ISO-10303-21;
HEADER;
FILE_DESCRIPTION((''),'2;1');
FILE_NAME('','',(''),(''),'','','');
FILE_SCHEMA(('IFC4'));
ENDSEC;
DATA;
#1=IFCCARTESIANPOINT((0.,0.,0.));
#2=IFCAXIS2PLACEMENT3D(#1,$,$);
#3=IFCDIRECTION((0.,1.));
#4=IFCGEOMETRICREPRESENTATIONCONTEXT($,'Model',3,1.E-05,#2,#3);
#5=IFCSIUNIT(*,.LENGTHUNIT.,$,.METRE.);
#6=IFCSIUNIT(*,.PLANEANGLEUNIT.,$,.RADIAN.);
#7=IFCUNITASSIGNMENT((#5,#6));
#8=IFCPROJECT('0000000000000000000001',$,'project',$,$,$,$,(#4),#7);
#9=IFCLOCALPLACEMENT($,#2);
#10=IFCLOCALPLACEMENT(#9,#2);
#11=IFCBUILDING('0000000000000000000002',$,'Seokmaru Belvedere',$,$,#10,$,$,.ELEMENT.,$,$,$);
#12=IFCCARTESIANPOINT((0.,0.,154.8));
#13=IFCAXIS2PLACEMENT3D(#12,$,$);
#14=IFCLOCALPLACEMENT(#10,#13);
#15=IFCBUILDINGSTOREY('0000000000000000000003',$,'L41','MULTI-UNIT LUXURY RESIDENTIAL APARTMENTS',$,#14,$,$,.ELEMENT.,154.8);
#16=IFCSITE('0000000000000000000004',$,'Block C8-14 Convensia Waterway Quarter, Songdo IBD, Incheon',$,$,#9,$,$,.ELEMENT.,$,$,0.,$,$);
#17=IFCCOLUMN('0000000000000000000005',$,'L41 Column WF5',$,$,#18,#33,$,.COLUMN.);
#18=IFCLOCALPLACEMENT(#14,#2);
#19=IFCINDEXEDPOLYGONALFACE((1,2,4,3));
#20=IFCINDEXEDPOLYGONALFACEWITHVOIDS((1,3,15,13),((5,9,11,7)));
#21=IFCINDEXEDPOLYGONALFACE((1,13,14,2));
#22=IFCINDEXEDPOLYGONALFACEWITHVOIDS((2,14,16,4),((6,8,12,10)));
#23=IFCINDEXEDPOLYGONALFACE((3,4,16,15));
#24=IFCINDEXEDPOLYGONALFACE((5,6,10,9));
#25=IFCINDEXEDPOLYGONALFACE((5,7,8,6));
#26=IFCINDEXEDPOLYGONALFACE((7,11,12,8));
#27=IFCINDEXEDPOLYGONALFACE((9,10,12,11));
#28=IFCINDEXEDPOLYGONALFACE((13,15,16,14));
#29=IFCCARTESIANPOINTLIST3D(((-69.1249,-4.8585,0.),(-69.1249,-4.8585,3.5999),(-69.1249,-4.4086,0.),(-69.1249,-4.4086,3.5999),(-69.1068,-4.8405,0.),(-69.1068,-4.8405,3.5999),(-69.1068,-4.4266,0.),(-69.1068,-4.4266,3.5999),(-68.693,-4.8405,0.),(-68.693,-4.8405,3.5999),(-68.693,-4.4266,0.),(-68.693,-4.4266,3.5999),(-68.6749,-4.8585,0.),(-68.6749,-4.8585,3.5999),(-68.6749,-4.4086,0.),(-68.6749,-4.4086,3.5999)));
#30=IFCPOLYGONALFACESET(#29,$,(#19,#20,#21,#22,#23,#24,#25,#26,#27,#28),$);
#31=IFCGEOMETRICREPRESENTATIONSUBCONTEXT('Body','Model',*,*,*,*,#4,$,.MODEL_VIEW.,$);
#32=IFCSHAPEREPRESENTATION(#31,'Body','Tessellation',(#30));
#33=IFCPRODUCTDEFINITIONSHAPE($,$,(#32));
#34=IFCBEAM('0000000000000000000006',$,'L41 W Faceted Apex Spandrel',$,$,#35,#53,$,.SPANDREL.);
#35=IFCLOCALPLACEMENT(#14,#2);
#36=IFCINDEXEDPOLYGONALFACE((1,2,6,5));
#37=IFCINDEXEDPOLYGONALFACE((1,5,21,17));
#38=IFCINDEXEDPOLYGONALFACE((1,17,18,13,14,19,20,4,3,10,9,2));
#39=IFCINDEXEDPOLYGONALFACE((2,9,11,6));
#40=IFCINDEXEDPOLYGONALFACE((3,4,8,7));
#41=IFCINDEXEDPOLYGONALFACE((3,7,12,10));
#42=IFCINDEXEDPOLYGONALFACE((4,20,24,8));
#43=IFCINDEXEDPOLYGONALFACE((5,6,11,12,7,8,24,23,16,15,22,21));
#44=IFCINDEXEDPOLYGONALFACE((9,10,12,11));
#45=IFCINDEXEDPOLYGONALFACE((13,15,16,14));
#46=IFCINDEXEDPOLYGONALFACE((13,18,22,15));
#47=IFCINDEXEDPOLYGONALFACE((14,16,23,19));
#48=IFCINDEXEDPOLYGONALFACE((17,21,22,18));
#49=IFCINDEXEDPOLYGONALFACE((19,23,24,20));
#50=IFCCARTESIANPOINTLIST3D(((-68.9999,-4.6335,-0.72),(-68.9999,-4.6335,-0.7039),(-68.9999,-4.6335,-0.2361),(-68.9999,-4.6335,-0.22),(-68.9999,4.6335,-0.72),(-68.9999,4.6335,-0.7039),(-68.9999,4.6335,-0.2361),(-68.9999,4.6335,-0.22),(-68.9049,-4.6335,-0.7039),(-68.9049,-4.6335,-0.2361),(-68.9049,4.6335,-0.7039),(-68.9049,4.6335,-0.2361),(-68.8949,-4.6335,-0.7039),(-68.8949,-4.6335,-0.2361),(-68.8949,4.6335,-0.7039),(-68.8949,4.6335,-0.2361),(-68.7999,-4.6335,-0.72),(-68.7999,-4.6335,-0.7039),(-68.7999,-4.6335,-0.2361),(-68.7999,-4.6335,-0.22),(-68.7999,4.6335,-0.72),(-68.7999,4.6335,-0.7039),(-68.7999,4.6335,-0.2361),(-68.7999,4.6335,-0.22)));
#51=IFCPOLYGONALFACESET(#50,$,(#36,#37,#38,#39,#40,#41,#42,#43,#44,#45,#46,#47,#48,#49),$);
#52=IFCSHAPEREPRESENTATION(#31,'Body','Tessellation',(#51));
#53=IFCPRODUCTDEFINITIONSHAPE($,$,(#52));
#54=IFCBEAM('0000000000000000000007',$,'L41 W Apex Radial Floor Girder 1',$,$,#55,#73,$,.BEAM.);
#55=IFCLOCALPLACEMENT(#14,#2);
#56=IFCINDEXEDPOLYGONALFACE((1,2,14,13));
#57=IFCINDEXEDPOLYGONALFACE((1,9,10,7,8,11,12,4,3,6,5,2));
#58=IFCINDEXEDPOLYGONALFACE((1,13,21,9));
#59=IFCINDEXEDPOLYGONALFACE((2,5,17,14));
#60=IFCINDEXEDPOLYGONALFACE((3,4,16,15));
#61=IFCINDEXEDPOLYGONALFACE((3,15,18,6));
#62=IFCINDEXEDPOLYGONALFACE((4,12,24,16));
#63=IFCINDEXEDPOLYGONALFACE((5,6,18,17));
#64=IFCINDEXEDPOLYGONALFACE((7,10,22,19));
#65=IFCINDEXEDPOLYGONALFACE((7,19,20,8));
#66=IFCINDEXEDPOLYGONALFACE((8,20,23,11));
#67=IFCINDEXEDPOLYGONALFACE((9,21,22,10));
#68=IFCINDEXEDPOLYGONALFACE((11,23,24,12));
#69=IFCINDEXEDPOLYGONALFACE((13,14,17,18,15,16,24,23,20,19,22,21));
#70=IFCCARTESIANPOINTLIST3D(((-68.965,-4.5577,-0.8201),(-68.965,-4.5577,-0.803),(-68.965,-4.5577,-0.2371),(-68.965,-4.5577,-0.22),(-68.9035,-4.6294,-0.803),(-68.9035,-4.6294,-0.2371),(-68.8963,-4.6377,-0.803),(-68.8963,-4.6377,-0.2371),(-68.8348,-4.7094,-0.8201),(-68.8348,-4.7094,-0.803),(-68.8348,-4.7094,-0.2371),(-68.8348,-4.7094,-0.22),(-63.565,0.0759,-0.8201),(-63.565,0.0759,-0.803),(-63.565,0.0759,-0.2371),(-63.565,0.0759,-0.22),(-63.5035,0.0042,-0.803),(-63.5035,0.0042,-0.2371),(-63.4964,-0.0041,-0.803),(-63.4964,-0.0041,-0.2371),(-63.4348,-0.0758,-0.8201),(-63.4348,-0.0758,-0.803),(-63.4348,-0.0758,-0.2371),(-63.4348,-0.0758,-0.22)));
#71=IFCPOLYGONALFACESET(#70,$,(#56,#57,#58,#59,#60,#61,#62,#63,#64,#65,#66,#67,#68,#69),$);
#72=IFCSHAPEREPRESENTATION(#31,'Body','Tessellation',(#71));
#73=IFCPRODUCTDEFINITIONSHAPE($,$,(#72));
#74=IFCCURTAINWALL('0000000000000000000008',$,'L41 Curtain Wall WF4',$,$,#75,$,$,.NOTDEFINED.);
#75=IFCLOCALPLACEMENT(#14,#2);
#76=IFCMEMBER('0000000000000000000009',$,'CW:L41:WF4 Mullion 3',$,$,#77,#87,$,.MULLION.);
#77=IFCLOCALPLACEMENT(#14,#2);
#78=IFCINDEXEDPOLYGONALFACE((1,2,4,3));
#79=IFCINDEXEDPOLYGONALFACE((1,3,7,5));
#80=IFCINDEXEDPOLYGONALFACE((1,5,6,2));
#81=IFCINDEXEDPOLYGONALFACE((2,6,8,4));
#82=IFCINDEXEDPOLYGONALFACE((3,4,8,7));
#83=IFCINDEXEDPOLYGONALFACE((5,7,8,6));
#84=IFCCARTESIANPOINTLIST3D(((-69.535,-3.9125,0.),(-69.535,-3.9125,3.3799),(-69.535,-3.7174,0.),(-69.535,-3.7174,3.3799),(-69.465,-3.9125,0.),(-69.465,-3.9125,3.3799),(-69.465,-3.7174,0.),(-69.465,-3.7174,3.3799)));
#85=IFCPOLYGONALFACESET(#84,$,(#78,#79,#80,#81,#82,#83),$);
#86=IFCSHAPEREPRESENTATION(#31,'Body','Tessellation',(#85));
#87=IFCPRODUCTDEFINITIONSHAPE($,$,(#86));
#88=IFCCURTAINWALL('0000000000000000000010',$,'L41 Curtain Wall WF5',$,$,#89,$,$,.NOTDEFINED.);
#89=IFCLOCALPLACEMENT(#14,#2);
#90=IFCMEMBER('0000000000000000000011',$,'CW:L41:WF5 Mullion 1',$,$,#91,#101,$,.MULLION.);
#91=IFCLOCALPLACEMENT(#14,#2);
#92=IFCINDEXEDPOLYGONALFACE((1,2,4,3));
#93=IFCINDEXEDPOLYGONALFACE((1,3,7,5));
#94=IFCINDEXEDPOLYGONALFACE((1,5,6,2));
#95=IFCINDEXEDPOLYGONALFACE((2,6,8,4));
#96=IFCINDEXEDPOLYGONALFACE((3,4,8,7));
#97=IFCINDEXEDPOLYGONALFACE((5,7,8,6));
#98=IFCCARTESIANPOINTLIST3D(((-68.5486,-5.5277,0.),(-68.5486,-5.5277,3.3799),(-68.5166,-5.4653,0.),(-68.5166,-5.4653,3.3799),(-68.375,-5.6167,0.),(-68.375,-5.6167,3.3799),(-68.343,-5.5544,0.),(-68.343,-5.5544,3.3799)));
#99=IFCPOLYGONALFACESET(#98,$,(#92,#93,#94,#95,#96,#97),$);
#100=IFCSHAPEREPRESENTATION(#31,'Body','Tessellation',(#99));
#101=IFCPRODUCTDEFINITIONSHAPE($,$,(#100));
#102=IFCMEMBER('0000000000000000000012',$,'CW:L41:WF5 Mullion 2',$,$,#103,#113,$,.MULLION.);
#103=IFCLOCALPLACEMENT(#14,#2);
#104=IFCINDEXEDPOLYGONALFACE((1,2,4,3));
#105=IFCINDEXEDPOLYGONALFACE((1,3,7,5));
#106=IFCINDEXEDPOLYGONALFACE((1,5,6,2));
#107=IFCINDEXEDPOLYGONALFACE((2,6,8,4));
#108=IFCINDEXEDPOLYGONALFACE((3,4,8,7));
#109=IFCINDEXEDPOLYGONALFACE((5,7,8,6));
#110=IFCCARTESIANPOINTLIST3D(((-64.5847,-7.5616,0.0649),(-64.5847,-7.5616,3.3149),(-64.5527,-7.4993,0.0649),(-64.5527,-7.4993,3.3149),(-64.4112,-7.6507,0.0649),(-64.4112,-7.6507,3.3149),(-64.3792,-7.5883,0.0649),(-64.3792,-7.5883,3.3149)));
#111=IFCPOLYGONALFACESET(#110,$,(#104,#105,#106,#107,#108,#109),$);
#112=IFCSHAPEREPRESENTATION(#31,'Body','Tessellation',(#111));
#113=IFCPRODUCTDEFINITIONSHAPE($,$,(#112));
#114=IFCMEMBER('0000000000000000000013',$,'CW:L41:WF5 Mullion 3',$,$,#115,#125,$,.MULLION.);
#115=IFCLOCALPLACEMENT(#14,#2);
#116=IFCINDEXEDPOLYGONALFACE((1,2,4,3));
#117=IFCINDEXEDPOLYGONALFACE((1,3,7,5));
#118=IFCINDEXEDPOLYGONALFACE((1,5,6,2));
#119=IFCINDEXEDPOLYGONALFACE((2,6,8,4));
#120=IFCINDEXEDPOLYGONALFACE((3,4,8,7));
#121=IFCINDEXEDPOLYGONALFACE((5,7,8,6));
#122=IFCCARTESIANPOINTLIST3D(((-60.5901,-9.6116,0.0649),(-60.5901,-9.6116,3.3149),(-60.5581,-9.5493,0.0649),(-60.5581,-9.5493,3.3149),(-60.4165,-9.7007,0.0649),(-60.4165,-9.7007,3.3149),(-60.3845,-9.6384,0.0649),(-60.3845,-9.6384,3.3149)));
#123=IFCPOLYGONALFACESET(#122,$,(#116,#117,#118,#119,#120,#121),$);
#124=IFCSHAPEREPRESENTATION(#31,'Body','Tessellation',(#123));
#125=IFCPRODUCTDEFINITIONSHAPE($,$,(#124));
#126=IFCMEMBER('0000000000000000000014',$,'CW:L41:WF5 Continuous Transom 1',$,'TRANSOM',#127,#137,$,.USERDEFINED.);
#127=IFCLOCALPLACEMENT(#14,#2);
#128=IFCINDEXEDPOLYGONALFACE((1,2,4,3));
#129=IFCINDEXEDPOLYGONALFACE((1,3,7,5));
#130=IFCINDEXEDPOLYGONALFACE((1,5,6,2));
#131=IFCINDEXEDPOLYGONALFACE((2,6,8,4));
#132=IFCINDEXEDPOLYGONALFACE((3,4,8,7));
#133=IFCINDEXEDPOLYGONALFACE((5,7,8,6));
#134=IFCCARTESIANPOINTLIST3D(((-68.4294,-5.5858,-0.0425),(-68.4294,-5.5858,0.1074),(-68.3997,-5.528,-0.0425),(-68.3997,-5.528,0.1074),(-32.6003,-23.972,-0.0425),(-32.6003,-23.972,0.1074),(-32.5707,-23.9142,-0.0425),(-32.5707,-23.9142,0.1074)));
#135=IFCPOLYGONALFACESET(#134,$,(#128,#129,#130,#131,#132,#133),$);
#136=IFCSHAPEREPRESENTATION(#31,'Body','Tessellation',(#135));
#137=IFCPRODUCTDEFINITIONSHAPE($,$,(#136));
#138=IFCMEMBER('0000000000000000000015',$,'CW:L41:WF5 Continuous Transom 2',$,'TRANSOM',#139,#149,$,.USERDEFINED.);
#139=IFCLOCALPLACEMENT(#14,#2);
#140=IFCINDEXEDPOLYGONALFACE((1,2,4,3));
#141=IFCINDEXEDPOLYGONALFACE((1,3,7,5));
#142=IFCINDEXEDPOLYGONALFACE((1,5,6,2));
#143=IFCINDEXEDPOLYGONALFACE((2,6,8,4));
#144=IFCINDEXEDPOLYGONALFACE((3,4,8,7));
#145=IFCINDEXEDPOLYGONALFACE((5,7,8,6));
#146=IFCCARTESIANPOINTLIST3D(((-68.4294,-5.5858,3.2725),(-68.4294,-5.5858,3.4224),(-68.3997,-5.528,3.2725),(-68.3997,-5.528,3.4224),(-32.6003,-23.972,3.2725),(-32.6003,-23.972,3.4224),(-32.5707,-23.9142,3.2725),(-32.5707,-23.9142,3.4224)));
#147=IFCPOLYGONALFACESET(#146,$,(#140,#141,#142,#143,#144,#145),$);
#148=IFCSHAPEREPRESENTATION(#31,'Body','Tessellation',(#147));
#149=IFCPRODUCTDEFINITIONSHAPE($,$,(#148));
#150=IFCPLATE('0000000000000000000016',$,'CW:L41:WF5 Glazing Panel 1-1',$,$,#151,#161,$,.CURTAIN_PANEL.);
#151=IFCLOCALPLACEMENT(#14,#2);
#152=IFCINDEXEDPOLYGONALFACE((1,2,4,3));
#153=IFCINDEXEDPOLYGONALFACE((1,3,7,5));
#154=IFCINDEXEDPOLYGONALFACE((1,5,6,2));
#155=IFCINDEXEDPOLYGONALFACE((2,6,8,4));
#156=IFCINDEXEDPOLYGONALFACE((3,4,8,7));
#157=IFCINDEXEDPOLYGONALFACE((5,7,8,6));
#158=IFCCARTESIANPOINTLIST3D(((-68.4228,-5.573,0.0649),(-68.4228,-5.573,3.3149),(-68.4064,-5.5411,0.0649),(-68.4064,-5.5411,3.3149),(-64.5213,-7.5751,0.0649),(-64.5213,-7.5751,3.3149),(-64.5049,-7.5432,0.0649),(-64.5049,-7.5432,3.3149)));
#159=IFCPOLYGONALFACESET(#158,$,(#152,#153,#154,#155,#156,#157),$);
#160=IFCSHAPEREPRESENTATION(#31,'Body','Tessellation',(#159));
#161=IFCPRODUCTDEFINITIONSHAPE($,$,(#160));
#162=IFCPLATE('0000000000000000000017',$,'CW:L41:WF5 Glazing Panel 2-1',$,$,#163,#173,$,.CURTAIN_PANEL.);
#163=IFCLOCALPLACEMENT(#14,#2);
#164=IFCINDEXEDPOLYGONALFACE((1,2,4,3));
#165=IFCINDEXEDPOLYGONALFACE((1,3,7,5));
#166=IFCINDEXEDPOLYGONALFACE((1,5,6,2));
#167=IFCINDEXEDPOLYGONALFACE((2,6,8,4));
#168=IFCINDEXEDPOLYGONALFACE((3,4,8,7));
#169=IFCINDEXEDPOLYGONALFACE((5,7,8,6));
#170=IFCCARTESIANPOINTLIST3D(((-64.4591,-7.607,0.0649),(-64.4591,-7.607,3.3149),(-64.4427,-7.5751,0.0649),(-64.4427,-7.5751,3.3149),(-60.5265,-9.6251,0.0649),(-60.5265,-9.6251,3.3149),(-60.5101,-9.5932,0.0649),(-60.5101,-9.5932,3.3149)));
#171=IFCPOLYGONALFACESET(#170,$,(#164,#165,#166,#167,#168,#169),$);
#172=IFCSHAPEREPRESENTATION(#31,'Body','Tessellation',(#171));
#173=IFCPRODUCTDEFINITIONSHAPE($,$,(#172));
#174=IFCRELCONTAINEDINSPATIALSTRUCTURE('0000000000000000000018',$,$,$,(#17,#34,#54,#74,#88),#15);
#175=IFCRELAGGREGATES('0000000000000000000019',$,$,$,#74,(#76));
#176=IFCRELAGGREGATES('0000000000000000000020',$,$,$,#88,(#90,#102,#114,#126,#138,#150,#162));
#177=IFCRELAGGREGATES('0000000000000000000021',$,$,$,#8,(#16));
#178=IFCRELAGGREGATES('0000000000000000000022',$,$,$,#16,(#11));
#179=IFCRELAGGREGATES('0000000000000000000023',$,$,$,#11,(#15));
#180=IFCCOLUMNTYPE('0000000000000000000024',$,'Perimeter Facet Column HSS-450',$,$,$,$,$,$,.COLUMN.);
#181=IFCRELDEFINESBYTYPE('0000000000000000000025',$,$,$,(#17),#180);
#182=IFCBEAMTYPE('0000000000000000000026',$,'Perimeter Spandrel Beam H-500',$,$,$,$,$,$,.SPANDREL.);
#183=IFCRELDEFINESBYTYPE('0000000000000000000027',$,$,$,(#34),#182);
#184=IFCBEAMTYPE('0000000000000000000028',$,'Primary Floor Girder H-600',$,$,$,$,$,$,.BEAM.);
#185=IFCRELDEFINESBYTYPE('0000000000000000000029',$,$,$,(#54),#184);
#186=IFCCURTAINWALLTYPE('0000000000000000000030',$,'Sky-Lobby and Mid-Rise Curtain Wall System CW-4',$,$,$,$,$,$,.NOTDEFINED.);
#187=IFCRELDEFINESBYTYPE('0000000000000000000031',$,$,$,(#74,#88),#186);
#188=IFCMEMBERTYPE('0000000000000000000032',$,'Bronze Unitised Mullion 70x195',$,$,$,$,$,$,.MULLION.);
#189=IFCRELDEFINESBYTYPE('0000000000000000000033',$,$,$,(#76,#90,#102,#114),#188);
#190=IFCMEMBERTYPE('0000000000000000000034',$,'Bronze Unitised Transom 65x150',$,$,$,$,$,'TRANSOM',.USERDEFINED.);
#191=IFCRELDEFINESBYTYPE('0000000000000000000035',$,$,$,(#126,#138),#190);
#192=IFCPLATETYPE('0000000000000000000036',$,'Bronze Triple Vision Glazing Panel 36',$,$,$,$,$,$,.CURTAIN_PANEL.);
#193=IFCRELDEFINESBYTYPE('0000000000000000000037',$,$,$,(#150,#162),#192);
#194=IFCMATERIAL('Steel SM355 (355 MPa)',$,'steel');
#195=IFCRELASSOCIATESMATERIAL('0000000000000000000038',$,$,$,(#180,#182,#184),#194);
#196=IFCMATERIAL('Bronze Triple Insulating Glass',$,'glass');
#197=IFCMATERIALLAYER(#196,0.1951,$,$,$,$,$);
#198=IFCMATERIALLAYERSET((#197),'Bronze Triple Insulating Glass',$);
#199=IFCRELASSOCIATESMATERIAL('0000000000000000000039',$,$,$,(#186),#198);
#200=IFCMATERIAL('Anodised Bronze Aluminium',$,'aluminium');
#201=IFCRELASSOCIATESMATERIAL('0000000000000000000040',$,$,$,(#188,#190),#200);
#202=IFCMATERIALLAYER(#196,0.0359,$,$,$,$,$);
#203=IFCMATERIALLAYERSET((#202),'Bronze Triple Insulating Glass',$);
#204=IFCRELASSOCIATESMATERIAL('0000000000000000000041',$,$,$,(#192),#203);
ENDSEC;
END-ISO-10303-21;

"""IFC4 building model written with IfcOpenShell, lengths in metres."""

from ifc_helpers import new_model, si_unit, direction, frame, origin, origin_2d, place, context, subcontext, project, spatial, rectangle, hollow_rectangle, i_section, extrude, source, transform, mapped, material, layer, layer_set, material_profile, profile_set, type_object, type_shapes, element, aggregate, save


model = new_model("IFC4")

# Units and contexts
model_context = context("Model", 3, precision=1e-05, world=origin(), true_north=direction((0.0, 1.0)))
body_context = subcontext(model_context, "Body", "Model", "MODEL_VIEW")
ifc_project = project(units=[si_unit("LENGTHUNIT", "METRE"), si_unit("PLANEANGLEUNIT", "RADIAN")], contexts=[model_context])

# Site, building, storey
site_placement = place(None, origin())
site = spatial("IfcSite", under=ifc_project, at=site_placement, Name="Block C8-14 Convensia Waterway Quarter, Songdo IBD, Incheon", CompositionType="ELEMENT", RefElevation=0.0)
building_placement = place(site_placement, origin())
building = spatial("IfcBuilding", under=site, at=building_placement, Name="Seokmaru Belvedere", CompositionType="ELEMENT")
storey_placement = place(building_placement, frame((0.0, 0.0, 154.8)))
storey = spatial("IfcBuildingStorey", under=building, at=storey_placement, Name="L41", Description="MULTI-UNIT LUXURY RESIDENTIAL APARTMENTS", CompositionType="ELEMENT", Elevation=154.8)

# Column
ifc_material_1 = material(Name="Steel SM355 (355 MPa)", Category="steel")
ifc_material_profile_1 = material_profile(ifc_material_1, hollow_rectangle(XDim=0.45, YDim=0.45, WallThickness=0.0181, at=origin_2d()), Name="HSS-450x450x18")
ifc_profile_set_1 = profile_set([ifc_material_profile_1], Name="Steel SM355 (355 MPa)")
column_type = type_object("IfcColumnType", Name="Perimeter Facet Column HSS-450", PredefinedType="COLUMN", material=ifc_profile_set_1)
shared_shape_1 = source(origin(), body_context, "Body", "SweptSolid", [
    extrude(hollow_rectangle(XDim=0.45, YDim=0.45, WallThickness=0.0181, at=origin_2d()), origin(), (0.0, 0.0, 1.0), 3.5999),
])
type_shapes(column_type, [shared_shape_1])
column_placement = place(storey_placement, frame((-68.8999, -4.6335, 0.0), z_axis=(0.0, 0.0, 1.0), x_axis=(1.0, 0.0, 0.0)))
element("IfcColumn", 1, at=column_placement, inside=storey, type_object=column_type, Name="L41 Column WF5", PredefinedType="COLUMN", context=body_context, shape_type="MappedRepresentation", body=[
    mapped(shared_shape_1, transform((0.0, 0.0, 0.0), scale=1.0)),
])

# Beams
ifc_material_profile_2 = material_profile(ifc_material_1, i_section(OverallWidth=0.2, OverallDepth=0.5, WebThickness=0.01, FlangeThickness=0.0161, at=origin_2d()), Name="H-500x200x10x16")
ifc_profile_set_2 = profile_set([ifc_material_profile_2], Name="Steel SM355 (355 MPa)")
beam_type_1 = type_object("IfcBeamType", Name="Perimeter Spandrel Beam H-500", PredefinedType="SPANDREL", material=ifc_profile_set_2)
shared_shape_2 = source(origin(), body_context, "Body", "SweptSolid", [
    extrude(i_section(OverallWidth=0.2, OverallDepth=0.5, WebThickness=0.01, FlangeThickness=0.0161, at=origin_2d()), origin(), (0.0, 0.0, 1.0), 9.2671),
])
type_shapes(beam_type_1, [shared_shape_2])
beam_1_placement = place(storey_placement, frame((-68.8999, -4.6335, -0.47), z_axis=(0.0, 1.0, 0.0), x_axis=(-1.0, 0.0, 0.0)))
element("IfcBeam", 2, at=beam_1_placement, inside=storey, type_object=beam_type_1, Name="L41 W Faceted Apex Spandrel", PredefinedType="SPANDREL", context=body_context, shape_type="MappedRepresentation", body=[
    mapped(shared_shape_2, transform((0.0, 0.0, 0.0), scale=1.0)),
])
ifc_material_profile_3 = material_profile(ifc_material_1, i_section(OverallWidth=0.2, OverallDepth=0.6001, WebThickness=0.011, FlangeThickness=0.0171, at=origin_2d()), Name="H-600x200x11x17")
ifc_profile_set_3 = profile_set([ifc_material_profile_3], Name="Steel SM355 (355 MPa)")
beam_type_2 = type_object("IfcBeamType", Name="Primary Floor Girder H-600", PredefinedType="BEAM", material=ifc_profile_set_3)
shared_shape_3 = source(origin(), body_context, "Body", "SweptSolid", [
    extrude(i_section(OverallWidth=0.2, OverallDepth=0.6001, WebThickness=0.011, FlangeThickness=0.0171, at=origin_2d()), origin(), (0.0, 0.0, 1.0), 7.1155),
])
type_shapes(beam_type_2, [shared_shape_3])
beam_2_placement = place(storey_placement, frame((-68.8999, -4.6335, -0.52), z_axis=(0.758905, 0.651201, 0.0), x_axis=(-0.651201, 0.758905, 0.0)))
element("IfcBeam", 3, at=beam_2_placement, inside=storey, type_object=beam_type_2, Name="L41 W Apex Radial Floor Girder 1", PredefinedType="BEAM", context=body_context, shape_type="MappedRepresentation", body=[
    mapped(shared_shape_3, transform((0.0, 0.0, 0.0), scale=1.0)),
])

# Curtain wall, member
ifc_material_2 = material(Name="Bronze Triple Insulating Glass", Category="glass")
ifc_layer_1 = layer(ifc_material_2, 0.1951)
ifc_layer_set_1 = layer_set([ifc_layer_1], Name="Bronze Triple Insulating Glass")
curtain_wall_type = type_object("IfcCurtainWallType", Name="Sky-Lobby and Mid-Rise Curtain Wall System CW-4", PredefinedType="NOTDEFINED", material=ifc_layer_set_1)
curtain_wall_1_placement = place(storey_placement, origin())
curtain_wall_1 = element("IfcCurtainWall", 4, at=curtain_wall_1_placement, inside=storey, type_object=curtain_wall_type, Name="L41 Curtain Wall WF4", PredefinedType="NOTDEFINED")
ifc_material_3 = material(Name="Anodised Bronze Aluminium", Category="aluminium")
ifc_material_profile_4 = material_profile(ifc_material_3, rectangle(XDim=0.0701, YDim=0.1951, at=origin_2d()), Name="CW-M-70x195")
ifc_profile_set_4 = profile_set([ifc_material_profile_4], Name="Anodised Bronze Aluminium")
member_type_1 = type_object("IfcMemberType", Name="Bronze Unitised Mullion 70x195", PredefinedType="MULLION", material=ifc_profile_set_4)
shared_shape_4 = source(origin(), body_context, "Body", "SweptSolid", [
    extrude(rectangle(XDim=0.0701, YDim=0.1951, at=origin_2d()), origin(), (0.0, 0.0, 1.0), 3.3799),
])
member_1_placement = place(storey_placement, frame((-69.5, -3.8149, 0.0), z_axis=(0.0, 0.0, 1.0), x_axis=(1.0, 0.0, 0.0)))
member_1 = element("IfcMember", 5, at=member_1_placement, type_object=member_type_1, Name="CW:L41:WF4 Mullion 3", PredefinedType="MULLION", context=body_context, shape_type="MappedRepresentation", body=[
    mapped(shared_shape_4, transform((0.0, 0.0, 0.0), scale=1.0)),
])
aggregate(curtain_wall_1, [member_1])

# Curtain wall, members, plates
curtain_wall_2_placement = place(storey_placement, origin())
curtain_wall_2 = element("IfcCurtainWall", 6, at=curtain_wall_2_placement, inside=storey, type_object=curtain_wall_type, Name="L41 Curtain Wall WF5", PredefinedType="NOTDEFINED")
member_2_placement = place(storey_placement, frame((-68.4458, -5.541, 0.0), z_axis=(0.0, 0.0, 1.0), x_axis=(0.456555, 0.889695, 0.0)))
member_2 = element("IfcMember", 7, at=member_2_placement, type_object=member_type_1, Name="CW:L41:WF5 Mullion 1", PredefinedType="MULLION", context=body_context, shape_type="MappedRepresentation", body=[
    mapped(shared_shape_4, transform((0.0, 0.0, 0.0), scale=1.0)),
])
shared_shape_5 = source(origin(), body_context, "Body", "SweptSolid", [
    extrude(rectangle(XDim=0.0701, YDim=0.1951, at=origin_2d()), origin(), (0.0, 0.0, 1.0), 3.25),
])
type_shapes(member_type_1, [shared_shape_4, shared_shape_5])
member_3_placement = place(storey_placement, frame((-64.4819, -7.575, 0.0649), z_axis=(0.0, 0.0, 1.0), x_axis=(0.456555, 0.889695, 0.0)))
member_3 = element("IfcMember", 8, at=member_3_placement, type_object=member_type_1, Name="CW:L41:WF5 Mullion 2", PredefinedType="MULLION", context=body_context, shape_type="MappedRepresentation", body=[
    mapped(shared_shape_5, transform((0.0, 0.0, 0.0), scale=1.0)),
])
member_4_placement = place(storey_placement, frame((-60.4873, -9.625, 0.0649), z_axis=(0.0, 0.0, 1.0), x_axis=(0.456555, 0.889695, 0.0)))
member_4 = element("IfcMember", 9, at=member_4_placement, type_object=member_type_1, Name="CW:L41:WF5 Mullion 3", PredefinedType="MULLION", context=body_context, shape_type="MappedRepresentation", body=[
    mapped(shared_shape_5, transform((0.0, 0.0, 0.0), scale=1.0)),
])
ifc_material_profile_5 = material_profile(ifc_material_3, rectangle(XDim=0.0649, YDim=0.1499, at=origin_2d()), Name="CW-T-65x150")
ifc_profile_set_5 = profile_set([ifc_material_profile_5], Name="Anodised Bronze Aluminium")
member_type_2 = type_object("IfcMemberType", Name="Bronze Unitised Transom 65x150", ElementType="TRANSOM", PredefinedType="USERDEFINED", material=ifc_profile_set_5)
shared_shape_6 = source(origin(), body_context, "Body", "SweptSolid", [
    extrude(rectangle(XDim=0.0649, YDim=0.1499, at=origin_2d()), origin(), (0.0, 0.0, 1.0), 40.2712),
])
type_shapes(member_type_2, [shared_shape_6])
member_5_placement = place(storey_placement, frame((-68.4146, -5.5569, 0.0325), z_axis=(0.889693, -0.456559, 0.0), x_axis=(0.456559, 0.889693, 0.0)))
member_5 = element("IfcMember", 10, at=member_5_placement, type_object=member_type_2, Name="CW:L41:WF5 Continuous Transom 1", ObjectType="TRANSOM", PredefinedType="USERDEFINED", context=body_context, shape_type="MappedRepresentation", body=[
    mapped(shared_shape_6, transform((0.0, 0.0, 0.0), scale=1.0)),
])
member_6_placement = place(storey_placement, frame((-68.4146, -5.5569, 3.3474), z_axis=(0.889693, -0.456559, 0.0), x_axis=(0.456559, 0.889693, 0.0)))
member_6 = element("IfcMember", 11, at=member_6_placement, type_object=member_type_2, Name="CW:L41:WF5 Continuous Transom 2", ObjectType="TRANSOM", PredefinedType="USERDEFINED", context=body_context, shape_type="MappedRepresentation", body=[
    mapped(shared_shape_6, transform((0.0, 0.0, 0.0), scale=1.0)),
])
ifc_layer_2 = layer(ifc_material_2, 0.0359)
ifc_layer_set_2 = layer_set([ifc_layer_2], Name="Bronze Triple Insulating Glass")
plate_type = type_object("IfcPlateType", Name="Bronze Triple Vision Glazing Panel 36", PredefinedType="CURTAIN_PANEL", material=ifc_layer_set_2)
shared_shape_7 = source(origin(), body_context, "Body", "SweptSolid", [
    extrude(rectangle(XDim=4.3853, YDim=0.0359, at=origin_2d()), origin(), (0.0, 0.0, 1.0), 3.25),
])
plate_1_placement = place(storey_placement, frame((-66.4639, -6.5581, 0.0649), z_axis=(0.0, 0.0, 1.0), x_axis=(0.889695, -0.456555, 0.0)))
plate_1 = element("IfcPlate", 12, at=plate_1_placement, type_object=plate_type, Name="CW:L41:WF5 Glazing Panel 1-1", PredefinedType="CURTAIN_PANEL", context=body_context, shape_type="MappedRepresentation", body=[
    mapped(shared_shape_7, transform((0.0, 0.0, 0.0), scale=1.0)),
])
shared_shape_8 = source(origin(), body_context, "Body", "SweptSolid", [
    extrude(rectangle(XDim=4.4202, YDim=0.0359, at=origin_2d()), origin(), (0.0, 0.0, 1.0), 3.25),
])
type_shapes(plate_type, [shared_shape_7, shared_shape_8])
plate_2_placement = place(storey_placement, frame((-62.4846, -8.6001, 0.0649), z_axis=(0.0, 0.0, 1.0), x_axis=(0.889695, -0.456555, 0.0)))
plate_2 = element("IfcPlate", 13, at=plate_2_placement, type_object=plate_type, Name="CW:L41:WF5 Glazing Panel 2-1", PredefinedType="CURTAIN_PANEL", context=body_context, shape_type="MappedRepresentation", body=[
    mapped(shared_shape_8, transform((0.0, 0.0, 0.0), scale=1.0)),
])
aggregate(curtain_wall_2, [member_2, member_3, member_4, member_5, member_6, plate_1, plate_2])

save(model, "model.ifc")
